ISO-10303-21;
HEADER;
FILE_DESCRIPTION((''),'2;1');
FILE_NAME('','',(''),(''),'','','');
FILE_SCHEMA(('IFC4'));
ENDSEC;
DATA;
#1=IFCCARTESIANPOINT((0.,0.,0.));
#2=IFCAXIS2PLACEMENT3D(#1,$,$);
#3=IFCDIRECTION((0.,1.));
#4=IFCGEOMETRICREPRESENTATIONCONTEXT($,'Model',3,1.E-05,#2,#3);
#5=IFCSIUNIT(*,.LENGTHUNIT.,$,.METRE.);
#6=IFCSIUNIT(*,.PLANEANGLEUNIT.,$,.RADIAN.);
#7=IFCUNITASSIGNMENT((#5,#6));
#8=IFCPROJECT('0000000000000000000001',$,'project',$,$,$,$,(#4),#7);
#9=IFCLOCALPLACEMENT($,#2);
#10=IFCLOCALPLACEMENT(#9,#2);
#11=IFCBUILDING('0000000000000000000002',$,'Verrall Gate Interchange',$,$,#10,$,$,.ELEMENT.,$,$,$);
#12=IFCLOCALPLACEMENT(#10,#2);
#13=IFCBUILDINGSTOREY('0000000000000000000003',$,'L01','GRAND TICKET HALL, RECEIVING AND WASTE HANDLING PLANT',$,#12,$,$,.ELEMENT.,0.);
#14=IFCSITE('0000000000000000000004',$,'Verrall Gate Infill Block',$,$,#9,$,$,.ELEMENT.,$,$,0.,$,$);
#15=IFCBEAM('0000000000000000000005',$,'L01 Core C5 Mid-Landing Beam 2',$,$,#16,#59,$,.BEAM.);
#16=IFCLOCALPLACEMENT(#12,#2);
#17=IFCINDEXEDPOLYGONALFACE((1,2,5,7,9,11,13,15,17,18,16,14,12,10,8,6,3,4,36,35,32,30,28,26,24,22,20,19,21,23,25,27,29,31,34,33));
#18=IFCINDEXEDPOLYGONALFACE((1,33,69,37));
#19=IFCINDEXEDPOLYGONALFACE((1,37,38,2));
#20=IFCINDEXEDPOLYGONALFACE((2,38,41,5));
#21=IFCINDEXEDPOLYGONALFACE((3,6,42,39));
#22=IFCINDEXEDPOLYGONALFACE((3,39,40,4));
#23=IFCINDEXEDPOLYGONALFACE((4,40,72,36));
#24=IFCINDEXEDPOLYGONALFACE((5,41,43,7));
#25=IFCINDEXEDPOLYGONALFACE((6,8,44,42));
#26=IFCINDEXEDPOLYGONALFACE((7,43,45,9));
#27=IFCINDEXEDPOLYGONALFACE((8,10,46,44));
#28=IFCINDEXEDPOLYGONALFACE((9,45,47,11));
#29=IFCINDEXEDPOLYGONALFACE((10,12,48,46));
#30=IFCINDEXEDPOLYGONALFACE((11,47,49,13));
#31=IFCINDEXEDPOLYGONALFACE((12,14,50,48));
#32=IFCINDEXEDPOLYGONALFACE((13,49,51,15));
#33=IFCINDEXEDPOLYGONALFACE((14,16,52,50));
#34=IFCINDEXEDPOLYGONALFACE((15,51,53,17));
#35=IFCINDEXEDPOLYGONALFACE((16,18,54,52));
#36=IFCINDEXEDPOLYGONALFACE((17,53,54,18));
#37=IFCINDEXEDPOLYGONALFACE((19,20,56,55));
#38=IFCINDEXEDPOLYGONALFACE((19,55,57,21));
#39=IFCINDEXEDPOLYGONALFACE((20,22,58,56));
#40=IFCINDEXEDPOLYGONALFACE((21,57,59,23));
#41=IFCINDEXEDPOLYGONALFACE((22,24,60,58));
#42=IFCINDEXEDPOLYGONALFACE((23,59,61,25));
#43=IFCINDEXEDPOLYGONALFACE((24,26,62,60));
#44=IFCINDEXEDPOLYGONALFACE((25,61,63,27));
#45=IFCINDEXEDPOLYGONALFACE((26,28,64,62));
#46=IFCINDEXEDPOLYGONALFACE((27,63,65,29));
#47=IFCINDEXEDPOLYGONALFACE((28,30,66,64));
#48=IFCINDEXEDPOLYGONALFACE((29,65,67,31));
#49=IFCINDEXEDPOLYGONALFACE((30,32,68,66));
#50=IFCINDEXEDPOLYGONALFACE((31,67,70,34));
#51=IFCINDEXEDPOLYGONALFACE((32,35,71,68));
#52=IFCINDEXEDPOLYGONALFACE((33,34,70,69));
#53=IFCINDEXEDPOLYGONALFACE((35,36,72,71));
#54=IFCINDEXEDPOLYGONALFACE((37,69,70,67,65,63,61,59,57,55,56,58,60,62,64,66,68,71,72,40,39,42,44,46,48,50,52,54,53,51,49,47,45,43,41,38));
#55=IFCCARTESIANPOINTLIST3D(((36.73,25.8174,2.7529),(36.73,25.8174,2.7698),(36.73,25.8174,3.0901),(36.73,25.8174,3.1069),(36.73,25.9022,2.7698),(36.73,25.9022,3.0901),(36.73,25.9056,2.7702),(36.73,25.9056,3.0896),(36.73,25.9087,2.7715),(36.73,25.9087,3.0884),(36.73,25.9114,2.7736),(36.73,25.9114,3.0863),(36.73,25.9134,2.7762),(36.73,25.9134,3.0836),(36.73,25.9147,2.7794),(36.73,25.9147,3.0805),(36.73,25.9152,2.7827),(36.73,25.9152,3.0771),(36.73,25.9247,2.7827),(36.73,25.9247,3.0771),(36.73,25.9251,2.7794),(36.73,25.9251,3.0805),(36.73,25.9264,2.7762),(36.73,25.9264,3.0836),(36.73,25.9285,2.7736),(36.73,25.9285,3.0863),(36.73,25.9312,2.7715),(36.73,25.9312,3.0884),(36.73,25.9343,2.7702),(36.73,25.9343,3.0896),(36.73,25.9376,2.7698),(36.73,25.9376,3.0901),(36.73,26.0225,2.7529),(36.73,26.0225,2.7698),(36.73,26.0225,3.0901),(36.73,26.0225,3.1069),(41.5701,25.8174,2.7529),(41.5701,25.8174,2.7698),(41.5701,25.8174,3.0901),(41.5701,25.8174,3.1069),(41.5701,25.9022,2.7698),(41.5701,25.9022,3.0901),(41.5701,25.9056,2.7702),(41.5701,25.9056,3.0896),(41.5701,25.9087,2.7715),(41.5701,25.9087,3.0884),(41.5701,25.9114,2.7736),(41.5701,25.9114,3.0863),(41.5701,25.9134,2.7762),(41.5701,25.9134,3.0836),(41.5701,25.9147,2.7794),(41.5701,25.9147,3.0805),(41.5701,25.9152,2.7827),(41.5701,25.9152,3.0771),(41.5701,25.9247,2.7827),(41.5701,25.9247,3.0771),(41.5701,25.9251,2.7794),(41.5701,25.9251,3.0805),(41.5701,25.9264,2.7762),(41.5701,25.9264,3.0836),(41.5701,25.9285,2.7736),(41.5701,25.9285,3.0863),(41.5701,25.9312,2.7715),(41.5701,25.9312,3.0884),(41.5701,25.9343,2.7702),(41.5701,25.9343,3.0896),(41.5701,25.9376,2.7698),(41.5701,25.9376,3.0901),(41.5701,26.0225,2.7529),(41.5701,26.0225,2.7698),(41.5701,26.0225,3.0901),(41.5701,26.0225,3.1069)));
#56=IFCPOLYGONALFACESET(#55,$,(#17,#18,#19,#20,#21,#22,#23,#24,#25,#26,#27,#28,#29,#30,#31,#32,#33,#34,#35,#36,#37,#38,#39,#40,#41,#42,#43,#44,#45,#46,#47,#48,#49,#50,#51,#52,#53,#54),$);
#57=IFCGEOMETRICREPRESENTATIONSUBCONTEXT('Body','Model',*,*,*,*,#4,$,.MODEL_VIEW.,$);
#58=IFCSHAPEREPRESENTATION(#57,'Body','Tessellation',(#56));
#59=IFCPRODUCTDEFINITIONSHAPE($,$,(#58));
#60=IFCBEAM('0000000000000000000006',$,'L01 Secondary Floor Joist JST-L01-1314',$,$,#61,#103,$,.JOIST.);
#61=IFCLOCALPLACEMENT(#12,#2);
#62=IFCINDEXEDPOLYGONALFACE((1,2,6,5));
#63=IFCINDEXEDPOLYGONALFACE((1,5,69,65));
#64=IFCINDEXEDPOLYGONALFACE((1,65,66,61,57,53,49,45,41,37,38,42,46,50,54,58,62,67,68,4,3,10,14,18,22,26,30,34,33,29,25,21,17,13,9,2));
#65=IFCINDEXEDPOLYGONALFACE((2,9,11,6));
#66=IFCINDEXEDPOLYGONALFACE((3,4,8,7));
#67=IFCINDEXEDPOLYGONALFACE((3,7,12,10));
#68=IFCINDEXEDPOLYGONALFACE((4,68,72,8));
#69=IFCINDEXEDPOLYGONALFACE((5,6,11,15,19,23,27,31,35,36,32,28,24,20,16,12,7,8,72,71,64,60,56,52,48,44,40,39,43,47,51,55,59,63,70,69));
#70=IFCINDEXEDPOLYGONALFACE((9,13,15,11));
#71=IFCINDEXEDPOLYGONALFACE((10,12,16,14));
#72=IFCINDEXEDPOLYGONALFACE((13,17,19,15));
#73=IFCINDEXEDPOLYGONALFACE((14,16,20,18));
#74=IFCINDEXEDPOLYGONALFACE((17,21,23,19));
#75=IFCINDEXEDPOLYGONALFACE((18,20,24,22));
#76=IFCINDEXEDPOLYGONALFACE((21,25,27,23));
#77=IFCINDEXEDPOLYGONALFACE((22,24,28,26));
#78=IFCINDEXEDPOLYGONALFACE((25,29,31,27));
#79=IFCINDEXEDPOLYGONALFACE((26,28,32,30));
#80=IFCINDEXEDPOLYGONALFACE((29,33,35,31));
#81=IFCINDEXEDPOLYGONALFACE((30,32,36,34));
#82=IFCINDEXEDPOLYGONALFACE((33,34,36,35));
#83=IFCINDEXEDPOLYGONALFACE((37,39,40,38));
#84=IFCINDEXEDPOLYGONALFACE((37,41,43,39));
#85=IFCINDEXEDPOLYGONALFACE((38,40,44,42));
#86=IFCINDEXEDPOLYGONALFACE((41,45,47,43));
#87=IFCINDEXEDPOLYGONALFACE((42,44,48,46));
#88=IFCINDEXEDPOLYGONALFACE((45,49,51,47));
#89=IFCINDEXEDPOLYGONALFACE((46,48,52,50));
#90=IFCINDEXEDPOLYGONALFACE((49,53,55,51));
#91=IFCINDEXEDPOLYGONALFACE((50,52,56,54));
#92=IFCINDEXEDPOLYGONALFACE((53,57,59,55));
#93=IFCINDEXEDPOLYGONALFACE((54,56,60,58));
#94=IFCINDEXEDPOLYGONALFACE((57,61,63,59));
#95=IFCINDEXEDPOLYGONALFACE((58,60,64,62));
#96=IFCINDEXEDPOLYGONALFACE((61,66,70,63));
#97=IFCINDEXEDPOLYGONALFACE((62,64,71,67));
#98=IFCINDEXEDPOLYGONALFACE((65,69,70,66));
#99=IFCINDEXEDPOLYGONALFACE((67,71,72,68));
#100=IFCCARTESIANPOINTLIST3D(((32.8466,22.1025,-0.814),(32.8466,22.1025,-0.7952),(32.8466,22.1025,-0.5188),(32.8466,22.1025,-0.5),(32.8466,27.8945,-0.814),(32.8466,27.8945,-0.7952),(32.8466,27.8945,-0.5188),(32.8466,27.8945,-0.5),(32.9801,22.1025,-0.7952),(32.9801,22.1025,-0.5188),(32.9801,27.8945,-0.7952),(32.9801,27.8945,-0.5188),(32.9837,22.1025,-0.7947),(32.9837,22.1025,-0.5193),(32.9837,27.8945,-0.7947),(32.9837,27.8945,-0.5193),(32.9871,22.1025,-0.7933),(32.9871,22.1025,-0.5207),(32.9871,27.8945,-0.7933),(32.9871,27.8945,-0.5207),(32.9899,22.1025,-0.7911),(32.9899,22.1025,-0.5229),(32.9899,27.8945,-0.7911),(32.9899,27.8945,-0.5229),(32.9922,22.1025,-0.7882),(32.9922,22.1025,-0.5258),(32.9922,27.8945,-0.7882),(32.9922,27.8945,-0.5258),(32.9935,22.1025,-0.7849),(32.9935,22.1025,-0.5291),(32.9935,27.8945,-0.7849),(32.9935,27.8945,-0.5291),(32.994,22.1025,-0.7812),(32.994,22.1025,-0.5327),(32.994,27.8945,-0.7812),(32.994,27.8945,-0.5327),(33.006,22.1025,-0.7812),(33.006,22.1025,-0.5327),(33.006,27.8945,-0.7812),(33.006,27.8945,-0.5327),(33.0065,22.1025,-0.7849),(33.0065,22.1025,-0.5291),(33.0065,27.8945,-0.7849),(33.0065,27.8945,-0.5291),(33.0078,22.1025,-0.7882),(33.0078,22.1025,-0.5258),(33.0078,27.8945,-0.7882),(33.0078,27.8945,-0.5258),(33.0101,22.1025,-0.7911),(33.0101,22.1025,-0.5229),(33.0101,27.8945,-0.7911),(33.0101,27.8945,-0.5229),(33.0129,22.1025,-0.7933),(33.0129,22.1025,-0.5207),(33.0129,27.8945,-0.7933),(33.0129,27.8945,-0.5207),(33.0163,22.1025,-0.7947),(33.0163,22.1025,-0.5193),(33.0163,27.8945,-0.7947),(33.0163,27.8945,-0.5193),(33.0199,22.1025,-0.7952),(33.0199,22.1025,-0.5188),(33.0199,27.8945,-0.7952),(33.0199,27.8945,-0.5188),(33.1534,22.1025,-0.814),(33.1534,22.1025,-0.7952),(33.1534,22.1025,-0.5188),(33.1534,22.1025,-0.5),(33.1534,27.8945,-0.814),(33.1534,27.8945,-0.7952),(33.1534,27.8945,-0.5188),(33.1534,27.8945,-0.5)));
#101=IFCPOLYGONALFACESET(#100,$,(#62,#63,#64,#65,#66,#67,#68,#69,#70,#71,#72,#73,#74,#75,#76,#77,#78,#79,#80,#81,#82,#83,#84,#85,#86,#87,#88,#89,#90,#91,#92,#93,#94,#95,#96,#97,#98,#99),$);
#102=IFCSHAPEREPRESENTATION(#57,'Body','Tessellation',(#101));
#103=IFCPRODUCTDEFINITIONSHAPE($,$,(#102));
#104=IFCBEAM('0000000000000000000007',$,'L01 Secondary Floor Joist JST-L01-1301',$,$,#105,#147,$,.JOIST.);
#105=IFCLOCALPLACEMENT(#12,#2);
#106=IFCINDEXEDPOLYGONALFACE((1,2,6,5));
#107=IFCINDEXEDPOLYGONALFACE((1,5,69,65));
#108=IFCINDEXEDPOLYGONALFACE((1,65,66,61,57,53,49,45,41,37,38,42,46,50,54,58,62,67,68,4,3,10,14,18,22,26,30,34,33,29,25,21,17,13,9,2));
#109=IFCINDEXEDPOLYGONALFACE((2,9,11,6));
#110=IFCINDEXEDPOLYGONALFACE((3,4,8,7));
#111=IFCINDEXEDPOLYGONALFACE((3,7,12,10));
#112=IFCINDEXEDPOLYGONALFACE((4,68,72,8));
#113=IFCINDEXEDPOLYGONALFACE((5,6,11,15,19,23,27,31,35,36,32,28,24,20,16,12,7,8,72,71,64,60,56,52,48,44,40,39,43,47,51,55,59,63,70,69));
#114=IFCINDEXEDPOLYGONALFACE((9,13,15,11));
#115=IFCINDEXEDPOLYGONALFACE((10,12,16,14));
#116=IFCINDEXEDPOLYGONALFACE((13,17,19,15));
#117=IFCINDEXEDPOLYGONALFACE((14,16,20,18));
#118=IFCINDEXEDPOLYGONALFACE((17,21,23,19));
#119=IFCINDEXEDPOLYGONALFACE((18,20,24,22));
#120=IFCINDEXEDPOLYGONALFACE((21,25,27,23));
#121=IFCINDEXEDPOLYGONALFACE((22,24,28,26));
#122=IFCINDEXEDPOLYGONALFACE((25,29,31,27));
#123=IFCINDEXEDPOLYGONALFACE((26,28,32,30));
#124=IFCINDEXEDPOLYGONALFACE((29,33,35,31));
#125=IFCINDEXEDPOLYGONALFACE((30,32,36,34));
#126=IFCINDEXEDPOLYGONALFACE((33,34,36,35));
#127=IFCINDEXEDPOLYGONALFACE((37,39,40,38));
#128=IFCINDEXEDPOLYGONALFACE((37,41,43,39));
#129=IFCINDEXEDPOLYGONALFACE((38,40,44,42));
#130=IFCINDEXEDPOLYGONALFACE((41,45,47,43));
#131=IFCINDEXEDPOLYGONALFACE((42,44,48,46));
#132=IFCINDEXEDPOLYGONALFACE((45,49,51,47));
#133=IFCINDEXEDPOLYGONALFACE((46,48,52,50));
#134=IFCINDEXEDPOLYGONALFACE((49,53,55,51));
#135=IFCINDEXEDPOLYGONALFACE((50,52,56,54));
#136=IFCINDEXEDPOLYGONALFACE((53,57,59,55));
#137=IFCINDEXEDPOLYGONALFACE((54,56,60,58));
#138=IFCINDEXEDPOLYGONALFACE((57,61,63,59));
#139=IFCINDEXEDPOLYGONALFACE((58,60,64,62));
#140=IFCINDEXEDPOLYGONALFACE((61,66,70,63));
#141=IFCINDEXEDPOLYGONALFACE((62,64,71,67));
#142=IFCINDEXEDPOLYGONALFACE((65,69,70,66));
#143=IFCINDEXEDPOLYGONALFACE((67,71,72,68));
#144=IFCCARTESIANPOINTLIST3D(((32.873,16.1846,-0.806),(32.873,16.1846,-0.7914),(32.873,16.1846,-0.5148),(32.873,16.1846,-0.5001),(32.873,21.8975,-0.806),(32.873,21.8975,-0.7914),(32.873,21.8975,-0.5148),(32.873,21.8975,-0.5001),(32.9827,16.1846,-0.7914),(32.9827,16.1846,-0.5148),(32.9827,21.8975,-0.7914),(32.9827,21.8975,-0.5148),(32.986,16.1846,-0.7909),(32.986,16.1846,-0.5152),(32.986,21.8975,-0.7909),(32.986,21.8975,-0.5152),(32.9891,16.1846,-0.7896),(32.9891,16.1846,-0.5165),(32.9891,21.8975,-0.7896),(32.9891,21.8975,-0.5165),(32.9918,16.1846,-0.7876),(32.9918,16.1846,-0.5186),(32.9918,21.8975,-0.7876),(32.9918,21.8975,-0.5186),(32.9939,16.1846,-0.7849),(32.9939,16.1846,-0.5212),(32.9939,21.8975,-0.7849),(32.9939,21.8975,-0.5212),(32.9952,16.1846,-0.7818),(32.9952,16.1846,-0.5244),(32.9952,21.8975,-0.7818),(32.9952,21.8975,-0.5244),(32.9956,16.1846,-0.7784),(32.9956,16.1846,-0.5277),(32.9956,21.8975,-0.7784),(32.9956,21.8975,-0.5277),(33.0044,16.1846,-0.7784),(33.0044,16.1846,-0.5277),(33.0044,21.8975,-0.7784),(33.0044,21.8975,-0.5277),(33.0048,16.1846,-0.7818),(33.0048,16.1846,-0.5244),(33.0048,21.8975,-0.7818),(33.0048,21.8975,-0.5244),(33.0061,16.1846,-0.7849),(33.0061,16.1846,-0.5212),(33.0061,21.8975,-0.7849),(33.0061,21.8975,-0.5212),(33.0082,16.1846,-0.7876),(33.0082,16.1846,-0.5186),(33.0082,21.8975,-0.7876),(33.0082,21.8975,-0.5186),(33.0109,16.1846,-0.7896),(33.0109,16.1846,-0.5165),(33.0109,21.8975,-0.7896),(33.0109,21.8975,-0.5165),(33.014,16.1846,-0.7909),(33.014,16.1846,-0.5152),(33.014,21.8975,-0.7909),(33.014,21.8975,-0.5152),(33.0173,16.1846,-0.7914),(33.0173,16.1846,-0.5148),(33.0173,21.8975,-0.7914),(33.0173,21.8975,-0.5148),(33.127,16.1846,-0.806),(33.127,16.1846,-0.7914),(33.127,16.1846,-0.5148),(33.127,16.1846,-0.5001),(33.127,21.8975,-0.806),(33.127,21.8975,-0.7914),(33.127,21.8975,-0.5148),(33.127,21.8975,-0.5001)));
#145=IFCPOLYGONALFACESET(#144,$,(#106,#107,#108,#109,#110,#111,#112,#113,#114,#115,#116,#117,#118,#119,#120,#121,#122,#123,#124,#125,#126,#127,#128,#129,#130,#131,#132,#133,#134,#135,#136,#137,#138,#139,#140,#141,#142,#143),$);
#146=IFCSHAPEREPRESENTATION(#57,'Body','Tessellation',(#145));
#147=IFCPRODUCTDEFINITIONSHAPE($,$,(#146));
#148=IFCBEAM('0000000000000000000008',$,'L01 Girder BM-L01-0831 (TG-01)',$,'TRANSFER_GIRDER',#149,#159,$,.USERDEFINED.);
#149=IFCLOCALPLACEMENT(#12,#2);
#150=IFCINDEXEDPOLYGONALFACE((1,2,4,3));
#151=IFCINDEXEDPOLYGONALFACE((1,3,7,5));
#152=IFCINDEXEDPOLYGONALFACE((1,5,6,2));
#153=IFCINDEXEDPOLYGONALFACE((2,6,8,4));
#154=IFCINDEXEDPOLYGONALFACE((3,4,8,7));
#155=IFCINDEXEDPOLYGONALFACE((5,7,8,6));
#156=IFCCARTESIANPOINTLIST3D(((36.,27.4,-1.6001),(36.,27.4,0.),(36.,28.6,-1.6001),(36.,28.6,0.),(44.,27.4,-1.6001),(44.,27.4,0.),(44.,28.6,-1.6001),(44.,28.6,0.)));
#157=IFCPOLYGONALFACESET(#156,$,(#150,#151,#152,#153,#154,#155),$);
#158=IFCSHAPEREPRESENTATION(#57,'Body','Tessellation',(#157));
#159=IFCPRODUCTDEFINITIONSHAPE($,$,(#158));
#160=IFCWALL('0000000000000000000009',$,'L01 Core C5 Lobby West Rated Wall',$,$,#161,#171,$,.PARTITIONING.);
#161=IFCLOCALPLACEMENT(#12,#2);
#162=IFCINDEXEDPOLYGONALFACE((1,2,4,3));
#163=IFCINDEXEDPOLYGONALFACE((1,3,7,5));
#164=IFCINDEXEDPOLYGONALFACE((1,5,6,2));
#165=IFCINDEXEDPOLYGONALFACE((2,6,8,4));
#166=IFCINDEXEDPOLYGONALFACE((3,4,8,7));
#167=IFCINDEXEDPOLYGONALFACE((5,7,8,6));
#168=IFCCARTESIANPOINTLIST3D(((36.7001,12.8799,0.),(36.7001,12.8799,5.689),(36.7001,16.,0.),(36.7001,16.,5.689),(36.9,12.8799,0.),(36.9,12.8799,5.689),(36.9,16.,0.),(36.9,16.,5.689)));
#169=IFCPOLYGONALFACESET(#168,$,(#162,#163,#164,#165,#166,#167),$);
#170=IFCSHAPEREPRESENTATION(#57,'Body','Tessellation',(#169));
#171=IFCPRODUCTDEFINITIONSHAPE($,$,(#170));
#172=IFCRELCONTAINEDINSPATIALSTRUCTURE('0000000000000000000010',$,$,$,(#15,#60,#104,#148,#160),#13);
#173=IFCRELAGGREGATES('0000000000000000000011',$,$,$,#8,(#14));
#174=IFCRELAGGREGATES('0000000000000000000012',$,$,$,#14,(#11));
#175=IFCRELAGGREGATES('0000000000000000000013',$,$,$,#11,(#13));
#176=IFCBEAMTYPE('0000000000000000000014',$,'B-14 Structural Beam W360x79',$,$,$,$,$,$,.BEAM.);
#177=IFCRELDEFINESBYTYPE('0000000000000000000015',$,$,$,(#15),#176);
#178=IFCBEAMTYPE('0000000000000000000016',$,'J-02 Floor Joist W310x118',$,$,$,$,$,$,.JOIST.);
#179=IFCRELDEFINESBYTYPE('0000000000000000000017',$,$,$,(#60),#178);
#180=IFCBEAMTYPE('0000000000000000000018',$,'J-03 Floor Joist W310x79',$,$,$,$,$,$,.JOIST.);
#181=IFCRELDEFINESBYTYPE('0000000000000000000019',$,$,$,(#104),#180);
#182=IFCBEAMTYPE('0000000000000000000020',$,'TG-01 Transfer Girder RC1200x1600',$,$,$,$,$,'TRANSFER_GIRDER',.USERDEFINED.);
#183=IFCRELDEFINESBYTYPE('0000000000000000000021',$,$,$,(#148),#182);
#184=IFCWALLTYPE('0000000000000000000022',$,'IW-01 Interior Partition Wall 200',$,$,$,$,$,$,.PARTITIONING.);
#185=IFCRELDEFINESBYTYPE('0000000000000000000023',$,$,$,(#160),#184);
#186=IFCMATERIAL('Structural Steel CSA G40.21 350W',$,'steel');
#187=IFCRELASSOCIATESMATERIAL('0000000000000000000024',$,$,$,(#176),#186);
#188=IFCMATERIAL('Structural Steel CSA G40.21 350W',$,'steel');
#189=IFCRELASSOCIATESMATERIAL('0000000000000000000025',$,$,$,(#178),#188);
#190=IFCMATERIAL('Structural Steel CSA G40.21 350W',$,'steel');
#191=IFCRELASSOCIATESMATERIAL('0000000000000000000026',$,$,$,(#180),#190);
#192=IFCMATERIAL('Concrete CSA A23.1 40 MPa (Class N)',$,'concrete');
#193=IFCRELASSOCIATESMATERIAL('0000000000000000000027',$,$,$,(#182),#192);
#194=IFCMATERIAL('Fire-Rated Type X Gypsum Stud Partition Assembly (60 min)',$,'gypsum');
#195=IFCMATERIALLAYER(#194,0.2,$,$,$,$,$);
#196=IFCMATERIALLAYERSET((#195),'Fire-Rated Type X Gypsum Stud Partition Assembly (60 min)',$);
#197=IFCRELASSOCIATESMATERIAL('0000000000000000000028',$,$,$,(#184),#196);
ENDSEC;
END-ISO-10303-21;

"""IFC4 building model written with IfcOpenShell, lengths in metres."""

from ifc_helpers import new_model, si_unit, direction, frame, frame_2d, origin, origin_2d, place, context, subcontext, project, spatial, rectangle, i_section, extrude, material, layer, layer_set, material_profile, profile_set, type_object, element, save


model = new_model("IFC4")

# Units and contexts
model_context = context("Model", 3, precision=1e-05, world=origin(), true_north=direction((0.0, 1.0)))
body_context = subcontext(model_context, "Body", "Model", "MODEL_VIEW")
ifc_project = project(units=[si_unit("LENGTHUNIT", "METRE"), si_unit("PLANEANGLEUNIT", "RADIAN")], contexts=[model_context])

# Site, building, storey
site_placement = place(None, origin())
site = spatial("IfcSite", under=ifc_project, at=site_placement, Name="Verrall Gate Infill Block", CompositionType="ELEMENT", RefElevation=0.0)
building_placement = place(site_placement, origin())
building = spatial("IfcBuilding", under=site, at=building_placement, Name="Verrall Gate Interchange", CompositionType="ELEMENT")
storey_placement = place(building_placement, origin())
storey = spatial("IfcBuildingStorey", under=building, at=storey_placement, Name="L01", Description="GRAND TICKET HALL, RECEIVING AND WASTE HANDLING PLANT", CompositionType="ELEMENT", Elevation=0.0)

# Beams
ifc_material_1 = material(Name="Structural Steel CSA G40.21 350W", Category="steel")
ifc_material_profile_1 = material_profile(ifc_material_1, i_section(OverallWidth=0.2051, OverallDepth=0.354, WebThickness=0.0095, FlangeThickness=0.0168, FilletRadius=0.0129, at=origin_2d()), Name="W360x79")
ifc_profile_set_1 = profile_set([ifc_material_profile_1], Name="Structural Steel CSA G40.21 350W")
beam_type_1 = type_object("IfcBeamType", Name="B-14 Structural Beam W360x79", PredefinedType="BEAM", material=ifc_profile_set_1)
for number, where, z_axis, x_axis, name in (
    (1, (36.73, 25.9199, 2.9299), (1.0, 0.0, 0.0), (0.0, 1.0, 0.0), "L01 Core C5 Mid-Landing Beam 2"),
):
    element("IfcBeam", number, at=place(storey_placement, frame(where, z_axis=z_axis, x_axis=x_axis)), inside=storey, type_object=beam_type_1, Name=name, PredefinedType="BEAM", context=body_context, shape_type="SweptSolid", body=[
        extrude(i_section(OverallWidth=0.2051, OverallDepth=0.354, WebThickness=0.0095, FlangeThickness=0.0168, FilletRadius=0.0129, at=origin_2d()), origin(), (0.0, 0.0, 1.0), 4.8401),
    ])
ifc_material_2 = material(Name="Structural Steel CSA G40.21 350W", Category="steel")
ifc_material_profile_2 = material_profile(ifc_material_2, i_section(OverallWidth=0.3069, OverallDepth=0.314, WebThickness=0.012, FlangeThickness=0.0188, FilletRadius=0.0139, at=origin_2d()), Name="W310x118")
ifc_profile_set_2 = profile_set([ifc_material_profile_2], Name="Structural Steel CSA G40.21 350W")
beam_type_2 = type_object("IfcBeamType", Name="J-02 Floor Joist W310x118", PredefinedType="JOIST", material=ifc_profile_set_2)
beam_1_placement = place(storey_placement, frame((33.0, 22.1025, -0.657), z_axis=(0.0, 1.0, 0.0), x_axis=(-1.0, 0.0, 0.0)))
element("IfcBeam", 2, at=beam_1_placement, inside=storey, type_object=beam_type_2, Name="L01 Secondary Floor Joist JST-L01-1314", PredefinedType="JOIST", context=body_context, shape_type="SweptSolid", body=[
    extrude(i_section(OverallWidth=0.3069, OverallDepth=0.314, WebThickness=0.012, FlangeThickness=0.0188, FilletRadius=0.0139, at=origin_2d()), origin(), (0.0, 0.0, 1.0), 5.792),
])
ifc_material_3 = material(Name="Structural Steel CSA G40.21 350W", Category="steel")
ifc_material_profile_3 = material_profile(ifc_material_3, i_section(OverallWidth=0.2539, OverallDepth=0.3059, WebThickness=0.0088, FlangeThickness=0.0146, FilletRadius=0.0129, at=origin_2d()), Name="W310x79")
ifc_profile_set_3 = profile_set([ifc_material_profile_3], Name="Structural Steel CSA G40.21 350W")
beam_type_3 = type_object("IfcBeamType", Name="J-03 Floor Joist W310x79", PredefinedType="JOIST", material=ifc_profile_set_3)
beam_2_placement = place(storey_placement, frame((33.0, 16.1846, -0.6531), z_axis=(0.0, 1.0, 0.0), x_axis=(-1.0, 0.0, 0.0)))
element("IfcBeam", 3, at=beam_2_placement, inside=storey, type_object=beam_type_3, Name="L01 Secondary Floor Joist JST-L01-1301", PredefinedType="JOIST", context=body_context, shape_type="SweptSolid", body=[
    extrude(i_section(OverallWidth=0.2539, OverallDepth=0.3059, WebThickness=0.0088, FlangeThickness=0.0146, FilletRadius=0.0129, at=origin_2d()), origin(), (0.0, 0.0, 1.0), 5.7129),
])
ifc_material_4 = material(Name="Concrete CSA A23.1 40 MPa (Class N)", Category="concrete")
ifc_material_profile_4 = material_profile(ifc_material_4, rectangle(XDim=1.2, YDim=1.6001, at=origin_2d()), Name="RC1200x1600")
ifc_profile_set_4 = profile_set([ifc_material_profile_4], Name="Concrete CSA A23.1 40 MPa (Class N)")
beam_type_4 = type_object("IfcBeamType", Name="TG-01 Transfer Girder RC1200x1600", ElementType="TRANSFER_GIRDER", PredefinedType="USERDEFINED", material=ifc_profile_set_4)
beam_3_placement = place(storey_placement, frame((36.0, 28.0, -0.8), z_axis=(1.0, 0.0, 0.0), x_axis=(0.0, 1.0, 0.0)))
element("IfcBeam", 4, at=beam_3_placement, inside=storey, type_object=beam_type_4, Name="L01 Girder BM-L01-0831 (TG-01)", ObjectType="TRANSFER_GIRDER", PredefinedType="USERDEFINED", context=body_context, shape_type="SweptSolid", body=[
    extrude(rectangle(XDim=1.2, YDim=1.6001, at=origin_2d()), origin(), (0.0, 0.0, 1.0), 8.0),
])

# Wall
ifc_material_5 = material(Name="Fire-Rated Type X Gypsum Stud Partition Assembly (60 min)", Category="gypsum")
ifc_layer_1 = layer(ifc_material_5, 0.2)
ifc_layer_set_1 = layer_set([ifc_layer_1], Name="Fire-Rated Type X Gypsum Stud Partition Assembly (60 min)")
wall_type_1 = type_object("IfcWallType", Name="IW-01 Interior Partition Wall 200", PredefinedType="PARTITIONING", material=ifc_layer_set_1)
wall_1_placement = place(storey_placement, frame((36.8, 16.0, 0.0), z_axis=(0.0, 0.0, 1.0), x_axis=(0.0, -1.0, 0.0)))
element("IfcWall", 5, at=wall_1_placement, inside=storey, type_object=wall_type_1, Name="L01 Core C5 Lobby West Rated Wall", PredefinedType="PARTITIONING", context=body_context, shape_type="SweptSolid", body=[
    extrude(rectangle(XDim=3.1201, YDim=0.2, at=frame_2d((1.5601, 0.0))), origin(), (0.0, 0.0, 1.0), 5.689),
])

save(model, "model.ifc")
